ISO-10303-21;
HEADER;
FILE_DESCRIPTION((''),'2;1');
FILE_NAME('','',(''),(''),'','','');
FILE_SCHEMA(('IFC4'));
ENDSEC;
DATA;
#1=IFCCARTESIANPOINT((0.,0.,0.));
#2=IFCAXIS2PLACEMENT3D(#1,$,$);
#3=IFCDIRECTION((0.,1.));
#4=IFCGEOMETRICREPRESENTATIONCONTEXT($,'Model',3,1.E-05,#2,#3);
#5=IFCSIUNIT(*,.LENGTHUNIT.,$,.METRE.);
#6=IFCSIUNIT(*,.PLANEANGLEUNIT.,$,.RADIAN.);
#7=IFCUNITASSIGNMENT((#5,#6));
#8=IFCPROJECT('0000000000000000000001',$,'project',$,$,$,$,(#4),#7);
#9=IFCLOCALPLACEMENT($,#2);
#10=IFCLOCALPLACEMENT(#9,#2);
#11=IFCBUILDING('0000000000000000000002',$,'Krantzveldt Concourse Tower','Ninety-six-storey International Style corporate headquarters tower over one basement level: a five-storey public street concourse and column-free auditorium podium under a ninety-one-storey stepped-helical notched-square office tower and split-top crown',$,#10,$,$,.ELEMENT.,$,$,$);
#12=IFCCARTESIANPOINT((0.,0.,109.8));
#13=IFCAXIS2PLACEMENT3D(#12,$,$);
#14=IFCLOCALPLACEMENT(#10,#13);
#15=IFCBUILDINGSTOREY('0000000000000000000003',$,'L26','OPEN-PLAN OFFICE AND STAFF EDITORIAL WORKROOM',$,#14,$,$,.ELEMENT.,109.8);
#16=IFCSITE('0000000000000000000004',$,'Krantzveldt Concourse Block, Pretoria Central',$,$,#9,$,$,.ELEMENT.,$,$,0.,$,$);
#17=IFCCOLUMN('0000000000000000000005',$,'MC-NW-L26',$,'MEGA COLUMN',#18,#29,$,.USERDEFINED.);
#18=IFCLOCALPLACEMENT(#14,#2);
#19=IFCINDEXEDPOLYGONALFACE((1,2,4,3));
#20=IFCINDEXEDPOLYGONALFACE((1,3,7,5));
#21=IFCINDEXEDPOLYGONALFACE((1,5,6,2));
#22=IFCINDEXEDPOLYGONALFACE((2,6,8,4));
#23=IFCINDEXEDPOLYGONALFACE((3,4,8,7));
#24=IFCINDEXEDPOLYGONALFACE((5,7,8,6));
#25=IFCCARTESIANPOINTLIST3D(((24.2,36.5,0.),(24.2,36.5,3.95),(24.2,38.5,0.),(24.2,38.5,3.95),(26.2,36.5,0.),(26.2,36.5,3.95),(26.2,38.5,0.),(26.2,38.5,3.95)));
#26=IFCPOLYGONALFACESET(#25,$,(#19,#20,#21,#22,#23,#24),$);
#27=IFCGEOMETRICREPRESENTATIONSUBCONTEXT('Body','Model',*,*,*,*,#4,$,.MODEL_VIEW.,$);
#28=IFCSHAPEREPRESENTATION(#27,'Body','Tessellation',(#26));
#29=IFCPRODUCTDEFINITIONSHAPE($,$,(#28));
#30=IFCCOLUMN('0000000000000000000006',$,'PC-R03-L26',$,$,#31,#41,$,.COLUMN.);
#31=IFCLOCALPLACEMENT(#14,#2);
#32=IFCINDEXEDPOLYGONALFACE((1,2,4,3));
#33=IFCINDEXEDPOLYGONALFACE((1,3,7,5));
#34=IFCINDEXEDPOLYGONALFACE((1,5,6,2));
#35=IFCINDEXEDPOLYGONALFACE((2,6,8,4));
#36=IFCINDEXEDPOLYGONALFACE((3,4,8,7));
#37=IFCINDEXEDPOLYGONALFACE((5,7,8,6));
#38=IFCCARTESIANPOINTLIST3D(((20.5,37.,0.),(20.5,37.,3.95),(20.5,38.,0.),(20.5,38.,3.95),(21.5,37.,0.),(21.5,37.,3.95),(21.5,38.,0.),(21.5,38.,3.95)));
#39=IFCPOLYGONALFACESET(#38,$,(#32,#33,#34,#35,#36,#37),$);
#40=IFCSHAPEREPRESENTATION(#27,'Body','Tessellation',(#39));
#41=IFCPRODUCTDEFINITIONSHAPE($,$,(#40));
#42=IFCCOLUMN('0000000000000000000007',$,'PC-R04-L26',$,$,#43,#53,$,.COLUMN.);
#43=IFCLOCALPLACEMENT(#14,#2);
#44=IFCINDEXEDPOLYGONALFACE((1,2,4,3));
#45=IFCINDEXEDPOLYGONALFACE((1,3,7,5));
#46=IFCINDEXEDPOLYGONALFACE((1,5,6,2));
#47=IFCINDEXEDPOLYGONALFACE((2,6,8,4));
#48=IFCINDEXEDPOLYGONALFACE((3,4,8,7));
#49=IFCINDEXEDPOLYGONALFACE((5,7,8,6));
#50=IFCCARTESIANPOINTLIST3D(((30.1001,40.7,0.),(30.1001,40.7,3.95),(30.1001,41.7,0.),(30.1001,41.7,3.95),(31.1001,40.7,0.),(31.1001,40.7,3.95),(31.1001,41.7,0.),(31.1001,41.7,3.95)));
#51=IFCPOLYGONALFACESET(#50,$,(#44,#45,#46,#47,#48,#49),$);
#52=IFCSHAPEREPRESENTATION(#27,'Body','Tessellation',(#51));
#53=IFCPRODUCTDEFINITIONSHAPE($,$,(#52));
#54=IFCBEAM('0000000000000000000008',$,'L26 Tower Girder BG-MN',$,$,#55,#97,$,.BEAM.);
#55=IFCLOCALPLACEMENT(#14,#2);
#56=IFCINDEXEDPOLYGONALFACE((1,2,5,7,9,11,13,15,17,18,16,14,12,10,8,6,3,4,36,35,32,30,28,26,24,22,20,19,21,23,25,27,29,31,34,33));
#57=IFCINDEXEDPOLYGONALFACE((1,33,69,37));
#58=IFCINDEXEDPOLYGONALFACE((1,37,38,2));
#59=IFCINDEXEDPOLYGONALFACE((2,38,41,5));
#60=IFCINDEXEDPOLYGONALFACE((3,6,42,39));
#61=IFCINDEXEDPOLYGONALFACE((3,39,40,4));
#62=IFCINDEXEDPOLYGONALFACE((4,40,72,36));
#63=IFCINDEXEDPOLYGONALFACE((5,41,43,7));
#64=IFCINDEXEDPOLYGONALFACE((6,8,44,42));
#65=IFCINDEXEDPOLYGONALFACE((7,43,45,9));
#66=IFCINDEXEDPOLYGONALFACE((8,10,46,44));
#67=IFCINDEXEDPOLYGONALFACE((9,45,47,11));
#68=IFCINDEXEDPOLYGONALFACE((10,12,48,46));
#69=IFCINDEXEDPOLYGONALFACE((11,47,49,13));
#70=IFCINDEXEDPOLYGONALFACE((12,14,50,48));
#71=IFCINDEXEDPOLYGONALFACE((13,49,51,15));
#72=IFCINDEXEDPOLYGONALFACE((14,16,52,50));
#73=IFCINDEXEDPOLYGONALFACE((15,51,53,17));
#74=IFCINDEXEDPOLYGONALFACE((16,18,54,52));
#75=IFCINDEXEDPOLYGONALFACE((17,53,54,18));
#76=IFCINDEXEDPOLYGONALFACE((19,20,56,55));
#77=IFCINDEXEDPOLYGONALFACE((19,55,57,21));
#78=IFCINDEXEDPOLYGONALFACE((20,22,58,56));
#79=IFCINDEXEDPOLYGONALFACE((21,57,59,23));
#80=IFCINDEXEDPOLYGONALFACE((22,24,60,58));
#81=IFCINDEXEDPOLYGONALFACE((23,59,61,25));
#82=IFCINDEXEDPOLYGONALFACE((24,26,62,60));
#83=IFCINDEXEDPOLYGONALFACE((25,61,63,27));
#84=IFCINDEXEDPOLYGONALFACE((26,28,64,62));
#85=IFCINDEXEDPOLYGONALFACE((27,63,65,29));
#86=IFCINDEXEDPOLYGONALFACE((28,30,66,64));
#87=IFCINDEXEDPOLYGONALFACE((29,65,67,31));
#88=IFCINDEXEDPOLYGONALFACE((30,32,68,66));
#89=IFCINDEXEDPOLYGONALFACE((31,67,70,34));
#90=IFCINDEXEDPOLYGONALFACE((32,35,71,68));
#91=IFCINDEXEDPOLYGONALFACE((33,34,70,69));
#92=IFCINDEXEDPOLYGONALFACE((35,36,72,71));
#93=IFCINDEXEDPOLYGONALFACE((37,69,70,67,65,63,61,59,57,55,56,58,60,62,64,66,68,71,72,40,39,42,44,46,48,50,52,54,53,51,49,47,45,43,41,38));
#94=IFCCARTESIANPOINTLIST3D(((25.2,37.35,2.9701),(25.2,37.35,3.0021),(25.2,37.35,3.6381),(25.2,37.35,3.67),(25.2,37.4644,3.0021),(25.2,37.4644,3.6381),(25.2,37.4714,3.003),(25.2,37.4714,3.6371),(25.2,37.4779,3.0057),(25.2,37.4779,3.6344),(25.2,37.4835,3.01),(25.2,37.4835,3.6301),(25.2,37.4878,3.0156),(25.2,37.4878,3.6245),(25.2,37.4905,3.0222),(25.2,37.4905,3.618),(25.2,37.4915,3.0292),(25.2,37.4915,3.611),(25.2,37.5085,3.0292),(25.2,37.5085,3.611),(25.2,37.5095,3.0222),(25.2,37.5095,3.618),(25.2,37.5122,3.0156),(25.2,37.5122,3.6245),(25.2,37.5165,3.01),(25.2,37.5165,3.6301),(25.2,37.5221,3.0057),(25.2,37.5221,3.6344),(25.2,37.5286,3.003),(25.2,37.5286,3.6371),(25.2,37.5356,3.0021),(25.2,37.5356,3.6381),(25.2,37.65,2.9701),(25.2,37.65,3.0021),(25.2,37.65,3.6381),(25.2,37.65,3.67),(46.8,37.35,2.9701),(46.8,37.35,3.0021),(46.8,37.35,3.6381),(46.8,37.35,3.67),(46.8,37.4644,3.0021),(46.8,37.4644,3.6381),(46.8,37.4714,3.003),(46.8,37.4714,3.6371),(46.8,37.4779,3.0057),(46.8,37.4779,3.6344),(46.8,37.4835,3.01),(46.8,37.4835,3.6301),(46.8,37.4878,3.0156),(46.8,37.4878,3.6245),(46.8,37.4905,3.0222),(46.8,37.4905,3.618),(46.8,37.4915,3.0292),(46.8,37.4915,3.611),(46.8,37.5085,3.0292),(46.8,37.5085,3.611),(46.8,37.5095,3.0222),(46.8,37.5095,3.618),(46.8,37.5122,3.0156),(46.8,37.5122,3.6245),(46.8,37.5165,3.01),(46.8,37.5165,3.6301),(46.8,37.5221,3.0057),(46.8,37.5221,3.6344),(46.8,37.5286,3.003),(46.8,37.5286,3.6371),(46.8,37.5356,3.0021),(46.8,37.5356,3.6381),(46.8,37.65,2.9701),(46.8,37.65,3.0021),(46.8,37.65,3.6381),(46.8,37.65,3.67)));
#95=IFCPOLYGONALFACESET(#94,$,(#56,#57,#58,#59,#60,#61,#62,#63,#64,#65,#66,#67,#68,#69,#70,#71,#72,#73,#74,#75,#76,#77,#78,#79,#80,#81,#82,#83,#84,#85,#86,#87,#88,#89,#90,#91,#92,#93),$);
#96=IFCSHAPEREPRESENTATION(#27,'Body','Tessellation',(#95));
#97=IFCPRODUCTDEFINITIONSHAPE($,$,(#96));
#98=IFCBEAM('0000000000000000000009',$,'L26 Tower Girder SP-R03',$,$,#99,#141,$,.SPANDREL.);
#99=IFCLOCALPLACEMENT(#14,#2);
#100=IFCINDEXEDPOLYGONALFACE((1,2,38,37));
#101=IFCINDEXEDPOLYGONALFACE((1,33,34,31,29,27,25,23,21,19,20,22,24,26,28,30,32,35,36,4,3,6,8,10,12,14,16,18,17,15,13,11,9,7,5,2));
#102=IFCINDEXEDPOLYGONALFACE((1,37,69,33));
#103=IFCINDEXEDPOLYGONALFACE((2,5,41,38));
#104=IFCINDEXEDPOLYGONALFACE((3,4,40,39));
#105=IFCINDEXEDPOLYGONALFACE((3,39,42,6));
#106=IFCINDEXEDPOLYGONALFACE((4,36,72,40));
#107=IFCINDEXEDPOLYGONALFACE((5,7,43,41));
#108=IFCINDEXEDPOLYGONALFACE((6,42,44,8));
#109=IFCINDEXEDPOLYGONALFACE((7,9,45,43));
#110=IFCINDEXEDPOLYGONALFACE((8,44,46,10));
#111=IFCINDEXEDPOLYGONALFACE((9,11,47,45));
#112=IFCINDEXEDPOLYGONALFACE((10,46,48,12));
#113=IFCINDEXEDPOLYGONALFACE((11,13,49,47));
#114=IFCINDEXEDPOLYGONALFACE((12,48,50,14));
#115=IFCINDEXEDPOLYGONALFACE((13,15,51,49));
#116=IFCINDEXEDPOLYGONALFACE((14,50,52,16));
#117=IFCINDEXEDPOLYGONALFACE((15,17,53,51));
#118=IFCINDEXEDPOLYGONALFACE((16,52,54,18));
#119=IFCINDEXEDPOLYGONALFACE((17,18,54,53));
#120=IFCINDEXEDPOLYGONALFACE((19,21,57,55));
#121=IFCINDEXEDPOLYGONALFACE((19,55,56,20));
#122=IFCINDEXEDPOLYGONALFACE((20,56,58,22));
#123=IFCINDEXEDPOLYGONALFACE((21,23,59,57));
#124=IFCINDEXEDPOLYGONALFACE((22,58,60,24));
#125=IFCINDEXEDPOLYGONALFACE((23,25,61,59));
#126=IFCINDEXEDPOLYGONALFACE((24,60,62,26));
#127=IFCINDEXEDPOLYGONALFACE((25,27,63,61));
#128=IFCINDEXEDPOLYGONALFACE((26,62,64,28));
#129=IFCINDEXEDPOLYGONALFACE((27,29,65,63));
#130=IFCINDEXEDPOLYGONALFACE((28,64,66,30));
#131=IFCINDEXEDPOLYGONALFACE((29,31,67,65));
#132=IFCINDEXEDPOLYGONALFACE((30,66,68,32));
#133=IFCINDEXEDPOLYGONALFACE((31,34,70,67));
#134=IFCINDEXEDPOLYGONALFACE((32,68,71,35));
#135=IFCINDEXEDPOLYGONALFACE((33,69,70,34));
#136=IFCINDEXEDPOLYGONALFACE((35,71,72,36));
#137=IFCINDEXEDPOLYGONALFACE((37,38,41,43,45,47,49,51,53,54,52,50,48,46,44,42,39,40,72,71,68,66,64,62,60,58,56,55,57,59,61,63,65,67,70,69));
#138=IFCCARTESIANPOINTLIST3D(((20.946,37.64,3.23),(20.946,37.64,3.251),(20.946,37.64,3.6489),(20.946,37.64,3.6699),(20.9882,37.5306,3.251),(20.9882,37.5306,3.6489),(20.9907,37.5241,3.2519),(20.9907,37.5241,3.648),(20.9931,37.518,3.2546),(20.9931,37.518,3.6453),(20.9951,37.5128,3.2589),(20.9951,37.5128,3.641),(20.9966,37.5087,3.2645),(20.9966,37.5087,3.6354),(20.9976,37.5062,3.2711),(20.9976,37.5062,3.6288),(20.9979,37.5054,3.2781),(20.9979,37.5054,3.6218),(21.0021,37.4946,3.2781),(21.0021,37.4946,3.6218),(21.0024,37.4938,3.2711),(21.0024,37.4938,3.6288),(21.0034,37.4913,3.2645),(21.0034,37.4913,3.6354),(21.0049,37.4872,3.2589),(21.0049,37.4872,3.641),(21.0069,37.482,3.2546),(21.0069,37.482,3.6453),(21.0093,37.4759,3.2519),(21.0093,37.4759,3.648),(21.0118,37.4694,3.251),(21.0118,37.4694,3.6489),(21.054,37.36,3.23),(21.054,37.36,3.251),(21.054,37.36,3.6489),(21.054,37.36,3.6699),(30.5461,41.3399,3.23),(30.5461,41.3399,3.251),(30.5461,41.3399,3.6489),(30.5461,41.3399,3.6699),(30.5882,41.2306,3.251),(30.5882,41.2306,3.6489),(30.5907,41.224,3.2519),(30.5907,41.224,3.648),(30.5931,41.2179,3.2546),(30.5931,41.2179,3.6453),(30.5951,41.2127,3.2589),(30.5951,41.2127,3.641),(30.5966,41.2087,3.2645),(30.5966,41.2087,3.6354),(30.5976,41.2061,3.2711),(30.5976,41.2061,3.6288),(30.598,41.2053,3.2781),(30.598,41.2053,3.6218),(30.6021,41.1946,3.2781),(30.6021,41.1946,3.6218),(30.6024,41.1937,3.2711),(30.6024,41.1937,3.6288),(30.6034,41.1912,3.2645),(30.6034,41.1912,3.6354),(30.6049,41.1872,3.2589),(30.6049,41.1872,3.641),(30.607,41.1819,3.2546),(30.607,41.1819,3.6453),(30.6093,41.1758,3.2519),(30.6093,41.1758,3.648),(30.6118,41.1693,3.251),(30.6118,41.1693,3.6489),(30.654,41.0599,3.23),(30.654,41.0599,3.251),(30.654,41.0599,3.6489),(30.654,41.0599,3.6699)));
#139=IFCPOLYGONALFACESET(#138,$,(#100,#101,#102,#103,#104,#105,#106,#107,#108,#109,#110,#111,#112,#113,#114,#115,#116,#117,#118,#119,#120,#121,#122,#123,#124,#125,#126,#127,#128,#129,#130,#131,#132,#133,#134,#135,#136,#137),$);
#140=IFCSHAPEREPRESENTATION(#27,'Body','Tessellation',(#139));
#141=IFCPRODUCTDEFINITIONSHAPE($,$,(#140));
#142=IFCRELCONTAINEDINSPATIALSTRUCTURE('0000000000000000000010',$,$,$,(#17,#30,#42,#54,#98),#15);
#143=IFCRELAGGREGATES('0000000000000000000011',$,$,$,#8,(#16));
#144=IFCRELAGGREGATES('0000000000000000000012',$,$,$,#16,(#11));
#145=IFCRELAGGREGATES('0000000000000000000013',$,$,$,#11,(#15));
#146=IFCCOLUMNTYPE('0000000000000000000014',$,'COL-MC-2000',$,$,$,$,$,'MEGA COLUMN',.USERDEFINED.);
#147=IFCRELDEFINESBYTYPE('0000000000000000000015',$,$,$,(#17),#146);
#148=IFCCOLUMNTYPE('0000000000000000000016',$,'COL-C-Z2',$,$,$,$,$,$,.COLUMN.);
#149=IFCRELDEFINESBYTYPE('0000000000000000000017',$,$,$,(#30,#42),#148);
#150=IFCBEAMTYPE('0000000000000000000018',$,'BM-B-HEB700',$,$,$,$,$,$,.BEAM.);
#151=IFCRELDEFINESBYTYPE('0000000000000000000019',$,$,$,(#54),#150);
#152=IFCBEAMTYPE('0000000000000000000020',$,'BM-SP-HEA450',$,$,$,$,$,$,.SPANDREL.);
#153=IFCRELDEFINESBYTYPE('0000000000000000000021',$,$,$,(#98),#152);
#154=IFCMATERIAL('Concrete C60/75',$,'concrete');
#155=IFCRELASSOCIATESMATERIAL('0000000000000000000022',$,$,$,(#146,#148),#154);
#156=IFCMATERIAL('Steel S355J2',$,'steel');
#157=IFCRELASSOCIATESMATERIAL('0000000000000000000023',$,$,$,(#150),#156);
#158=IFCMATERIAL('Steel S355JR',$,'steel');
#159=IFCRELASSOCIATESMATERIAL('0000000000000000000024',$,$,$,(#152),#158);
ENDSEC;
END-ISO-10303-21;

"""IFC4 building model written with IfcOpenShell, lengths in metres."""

from ifc_helpers import new_model, si_unit, direction, frame, origin, origin_2d, place, context, subcontext, project, spatial, rectangle, i_section, extrude, source, transform, mapped, material, material_profile, profile_set, type_object, type_shapes, element, save


model = new_model("IFC4")

# Units and contexts
model_context = context("Model", 3, precision=1e-05, world=origin(), true_north=direction((0.0, 1.0)))
body_context = subcontext(model_context, "Body", "Model", "MODEL_VIEW")
ifc_project = project(units=[si_unit("LENGTHUNIT", "METRE"), si_unit("PLANEANGLEUNIT", "RADIAN")], contexts=[model_context])

# Site, building, storey
site_placement = place(None, origin())
site = spatial("IfcSite", under=ifc_project, at=site_placement, Name="Krantzveldt Concourse Block, Pretoria Central", CompositionType="ELEMENT", RefElevation=0.0)
building_placement = place(site_placement, origin())
building = spatial("IfcBuilding", under=site, at=building_placement, Name="Krantzveldt Concourse Tower", Description="Ninety-six-storey International Style corporate headquarters tower over one basement level: a five-storey public street concourse and column-free auditorium podium under a ninety-one-storey stepped-helical notched-square office tower and split-top crown", CompositionType="ELEMENT")
storey_placement = place(building_placement, frame((0.0, 0.0, 109.8)))
storey = spatial("IfcBuildingStorey", under=building, at=storey_placement, Name="L26", Description="OPEN-PLAN OFFICE AND STAFF EDITORIAL WORKROOM", CompositionType="ELEMENT", Elevation=109.8)

# Columns
ifc_material_1 = material(Name="Concrete C60/75", Category="concrete")
ifc_material_profile_1 = material_profile(ifc_material_1, rectangle(XDim=2.0, YDim=2.0, at=origin_2d()), Name="Concrete C60/75", Category="concrete")
ifc_profile_set_1 = profile_set([ifc_material_profile_1], Name="Concrete C60/75 - RC 2000x2000")
column_type_1 = type_object("IfcColumnType", Name="COL-MC-2000", ElementType="MEGA COLUMN", PredefinedType="USERDEFINED", material=ifc_profile_set_1)
shared_shape_1 = source(origin(), body_context, "Body", "SweptSolid", [
    extrude(rectangle(XDim=2.0, YDim=2.0, at=origin_2d()), origin(), (0.0, 0.0, 1.0), 3.95),
])
type_shapes(column_type_1, [shared_shape_1])
column_placement = place(storey_placement, frame((25.2, 37.5, 0.0), z_axis=(0.0, 0.0, 1.0), x_axis=(1.0, 0.0, 0.0)))
element("IfcColumn", 1, at=column_placement, inside=storey, type_object=column_type_1, Name="MC-NW-L26", ObjectType="MEGA COLUMN", PredefinedType="USERDEFINED", context=body_context, shape_type="MappedRepresentation", body=[
    mapped(shared_shape_1, transform((0.0, 0.0, 0.0), x_axis=(1.0, 0.0, 0.0), y_axis=(0.0, 1.0, 0.0), z_axis=(0.0, 0.0, 1.0), scale=1.0)),
])
ifc_material_profile_2 = material_profile(ifc_material_1, rectangle(XDim=1.0, YDim=1.0, at=origin_2d()), Name="Concrete C60/75", Category="concrete")
ifc_profile_set_2 = profile_set([ifc_material_profile_2], Name="Concrete C60/75 - RC 1000x1000")
column_type_2 = type_object("IfcColumnType", Name="COL-C-Z2", PredefinedType="COLUMN", material=ifc_profile_set_2)
shared_shape_2 = source(origin(), body_context, "Body", "SweptSolid", [
    extrude(rectangle(XDim=1.0, YDim=1.0, at=origin_2d()), origin(), (0.0, 0.0, 1.0), 3.95),
])
type_shapes(column_type_2, [shared_shape_2])
for number, where, z_axis, x_axis, name in (
    (2, (21.0, 37.5, 0.0), (0.0, 0.0, 1.0), (1.0, 0.0, 0.0), "PC-R03-L26"),
    (3, (30.6001, 41.2, 0.0), (0.0, 0.0, 1.0), (1.0, 0.0, 0.0), "PC-R04-L26"),
):
    element("IfcColumn", number, at=place(storey_placement, frame(where, z_axis=z_axis, x_axis=x_axis)), inside=storey, type_object=column_type_2, Name=name, PredefinedType="COLUMN", context=body_context, shape_type="MappedRepresentation", body=[
        mapped(shared_shape_2, transform((0.0, 0.0, 0.0), x_axis=(1.0, 0.0, 0.0), y_axis=(0.0, 1.0, 0.0), z_axis=(0.0, 0.0, 1.0), scale=1.0)),
    ])

# Beams
ifc_material_2 = material(Name="Steel S355J2", Category="steel")
ifc_material_profile_3 = material_profile(ifc_material_2, i_section(OverallWidth=0.3, OverallDepth=0.7, WebThickness=0.0171, FlangeThickness=0.032, FilletRadius=0.0271, at=origin_2d()), Name="Steel S355J2", Category="steel")
ifc_profile_set_3 = profile_set([ifc_material_profile_3], Name="Steel S355J2 - HEB 700")
beam_type_1 = type_object("IfcBeamType", Name="BM-B-HEB700", PredefinedType="BEAM", material=ifc_profile_set_3)
shared_shape_3 = source(origin(), body_context, "Body", "SweptSolid", [
    extrude(i_section(OverallWidth=0.3, OverallDepth=0.7, WebThickness=0.0171, FlangeThickness=0.032, FilletRadius=0.0271, at=origin_2d()), origin(), (0.0, 0.0, 1.0), 21.6001),
])
type_shapes(beam_type_1, [shared_shape_3])
beam_1_placement = place(storey_placement, frame((25.2, 37.5, 3.3201), z_axis=(1.0, 0.0, 0.0), x_axis=(0.0, 1.0, 0.0)))
element("IfcBeam", 4, at=beam_1_placement, inside=storey, type_object=beam_type_1, Name="L26 Tower Girder BG-MN", PredefinedType="BEAM", context=body_context, shape_type="MappedRepresentation", body=[
    mapped(shared_shape_3, transform((0.0, 0.0, 0.0), x_axis=(1.0, 0.0, 0.0), y_axis=(0.0, 1.0, 0.0), z_axis=(0.0, 0.0, 1.0), scale=1.0)),
])
ifc_material_3 = material(Name="Steel S355JR", Category="steel")
ifc_material_profile_4 = material_profile(ifc_material_3, i_section(OverallWidth=0.3, OverallDepth=0.4399, WebThickness=0.0115, FlangeThickness=0.021, FilletRadius=0.0271, at=origin_2d()), Name="Steel S355JR", Category="steel")
ifc_profile_set_4 = profile_set([ifc_material_profile_4], Name="Steel S355JR - HEA 450")
beam_type_2 = type_object("IfcBeamType", Name="BM-SP-HEA450", PredefinedType="SPANDREL", material=ifc_profile_set_4)
shared_shape_4 = source(origin(), body_context, "Body", "SweptSolid", [
    extrude(i_section(OverallWidth=0.3, OverallDepth=0.4399, WebThickness=0.0115, FlangeThickness=0.021, FilletRadius=0.0271, at=origin_2d()), origin(), (0.0, 0.0, 1.0), 10.2883),
])
beam_2_placement = place(storey_placement, frame((21.0, 37.5, 3.45), z_axis=(0.933098, 0.359623, 0.0), x_axis=(-0.359623, 0.933098, 0.0)))
element("IfcBeam", 5, at=beam_2_placement, inside=storey, type_object=beam_type_2, Name="L26 Tower Girder SP-R03", PredefinedType="SPANDREL", context=body_context, shape_type="MappedRepresentation", body=[
    mapped(shared_shape_4, transform((0.0, 0.0, 0.0), x_axis=(1.0, 0.0, 0.0), y_axis=(0.0, 1.0, 0.0), z_axis=(0.0, 0.0, 1.0), scale=1.0)),
])

save(model, "model.ifc")
